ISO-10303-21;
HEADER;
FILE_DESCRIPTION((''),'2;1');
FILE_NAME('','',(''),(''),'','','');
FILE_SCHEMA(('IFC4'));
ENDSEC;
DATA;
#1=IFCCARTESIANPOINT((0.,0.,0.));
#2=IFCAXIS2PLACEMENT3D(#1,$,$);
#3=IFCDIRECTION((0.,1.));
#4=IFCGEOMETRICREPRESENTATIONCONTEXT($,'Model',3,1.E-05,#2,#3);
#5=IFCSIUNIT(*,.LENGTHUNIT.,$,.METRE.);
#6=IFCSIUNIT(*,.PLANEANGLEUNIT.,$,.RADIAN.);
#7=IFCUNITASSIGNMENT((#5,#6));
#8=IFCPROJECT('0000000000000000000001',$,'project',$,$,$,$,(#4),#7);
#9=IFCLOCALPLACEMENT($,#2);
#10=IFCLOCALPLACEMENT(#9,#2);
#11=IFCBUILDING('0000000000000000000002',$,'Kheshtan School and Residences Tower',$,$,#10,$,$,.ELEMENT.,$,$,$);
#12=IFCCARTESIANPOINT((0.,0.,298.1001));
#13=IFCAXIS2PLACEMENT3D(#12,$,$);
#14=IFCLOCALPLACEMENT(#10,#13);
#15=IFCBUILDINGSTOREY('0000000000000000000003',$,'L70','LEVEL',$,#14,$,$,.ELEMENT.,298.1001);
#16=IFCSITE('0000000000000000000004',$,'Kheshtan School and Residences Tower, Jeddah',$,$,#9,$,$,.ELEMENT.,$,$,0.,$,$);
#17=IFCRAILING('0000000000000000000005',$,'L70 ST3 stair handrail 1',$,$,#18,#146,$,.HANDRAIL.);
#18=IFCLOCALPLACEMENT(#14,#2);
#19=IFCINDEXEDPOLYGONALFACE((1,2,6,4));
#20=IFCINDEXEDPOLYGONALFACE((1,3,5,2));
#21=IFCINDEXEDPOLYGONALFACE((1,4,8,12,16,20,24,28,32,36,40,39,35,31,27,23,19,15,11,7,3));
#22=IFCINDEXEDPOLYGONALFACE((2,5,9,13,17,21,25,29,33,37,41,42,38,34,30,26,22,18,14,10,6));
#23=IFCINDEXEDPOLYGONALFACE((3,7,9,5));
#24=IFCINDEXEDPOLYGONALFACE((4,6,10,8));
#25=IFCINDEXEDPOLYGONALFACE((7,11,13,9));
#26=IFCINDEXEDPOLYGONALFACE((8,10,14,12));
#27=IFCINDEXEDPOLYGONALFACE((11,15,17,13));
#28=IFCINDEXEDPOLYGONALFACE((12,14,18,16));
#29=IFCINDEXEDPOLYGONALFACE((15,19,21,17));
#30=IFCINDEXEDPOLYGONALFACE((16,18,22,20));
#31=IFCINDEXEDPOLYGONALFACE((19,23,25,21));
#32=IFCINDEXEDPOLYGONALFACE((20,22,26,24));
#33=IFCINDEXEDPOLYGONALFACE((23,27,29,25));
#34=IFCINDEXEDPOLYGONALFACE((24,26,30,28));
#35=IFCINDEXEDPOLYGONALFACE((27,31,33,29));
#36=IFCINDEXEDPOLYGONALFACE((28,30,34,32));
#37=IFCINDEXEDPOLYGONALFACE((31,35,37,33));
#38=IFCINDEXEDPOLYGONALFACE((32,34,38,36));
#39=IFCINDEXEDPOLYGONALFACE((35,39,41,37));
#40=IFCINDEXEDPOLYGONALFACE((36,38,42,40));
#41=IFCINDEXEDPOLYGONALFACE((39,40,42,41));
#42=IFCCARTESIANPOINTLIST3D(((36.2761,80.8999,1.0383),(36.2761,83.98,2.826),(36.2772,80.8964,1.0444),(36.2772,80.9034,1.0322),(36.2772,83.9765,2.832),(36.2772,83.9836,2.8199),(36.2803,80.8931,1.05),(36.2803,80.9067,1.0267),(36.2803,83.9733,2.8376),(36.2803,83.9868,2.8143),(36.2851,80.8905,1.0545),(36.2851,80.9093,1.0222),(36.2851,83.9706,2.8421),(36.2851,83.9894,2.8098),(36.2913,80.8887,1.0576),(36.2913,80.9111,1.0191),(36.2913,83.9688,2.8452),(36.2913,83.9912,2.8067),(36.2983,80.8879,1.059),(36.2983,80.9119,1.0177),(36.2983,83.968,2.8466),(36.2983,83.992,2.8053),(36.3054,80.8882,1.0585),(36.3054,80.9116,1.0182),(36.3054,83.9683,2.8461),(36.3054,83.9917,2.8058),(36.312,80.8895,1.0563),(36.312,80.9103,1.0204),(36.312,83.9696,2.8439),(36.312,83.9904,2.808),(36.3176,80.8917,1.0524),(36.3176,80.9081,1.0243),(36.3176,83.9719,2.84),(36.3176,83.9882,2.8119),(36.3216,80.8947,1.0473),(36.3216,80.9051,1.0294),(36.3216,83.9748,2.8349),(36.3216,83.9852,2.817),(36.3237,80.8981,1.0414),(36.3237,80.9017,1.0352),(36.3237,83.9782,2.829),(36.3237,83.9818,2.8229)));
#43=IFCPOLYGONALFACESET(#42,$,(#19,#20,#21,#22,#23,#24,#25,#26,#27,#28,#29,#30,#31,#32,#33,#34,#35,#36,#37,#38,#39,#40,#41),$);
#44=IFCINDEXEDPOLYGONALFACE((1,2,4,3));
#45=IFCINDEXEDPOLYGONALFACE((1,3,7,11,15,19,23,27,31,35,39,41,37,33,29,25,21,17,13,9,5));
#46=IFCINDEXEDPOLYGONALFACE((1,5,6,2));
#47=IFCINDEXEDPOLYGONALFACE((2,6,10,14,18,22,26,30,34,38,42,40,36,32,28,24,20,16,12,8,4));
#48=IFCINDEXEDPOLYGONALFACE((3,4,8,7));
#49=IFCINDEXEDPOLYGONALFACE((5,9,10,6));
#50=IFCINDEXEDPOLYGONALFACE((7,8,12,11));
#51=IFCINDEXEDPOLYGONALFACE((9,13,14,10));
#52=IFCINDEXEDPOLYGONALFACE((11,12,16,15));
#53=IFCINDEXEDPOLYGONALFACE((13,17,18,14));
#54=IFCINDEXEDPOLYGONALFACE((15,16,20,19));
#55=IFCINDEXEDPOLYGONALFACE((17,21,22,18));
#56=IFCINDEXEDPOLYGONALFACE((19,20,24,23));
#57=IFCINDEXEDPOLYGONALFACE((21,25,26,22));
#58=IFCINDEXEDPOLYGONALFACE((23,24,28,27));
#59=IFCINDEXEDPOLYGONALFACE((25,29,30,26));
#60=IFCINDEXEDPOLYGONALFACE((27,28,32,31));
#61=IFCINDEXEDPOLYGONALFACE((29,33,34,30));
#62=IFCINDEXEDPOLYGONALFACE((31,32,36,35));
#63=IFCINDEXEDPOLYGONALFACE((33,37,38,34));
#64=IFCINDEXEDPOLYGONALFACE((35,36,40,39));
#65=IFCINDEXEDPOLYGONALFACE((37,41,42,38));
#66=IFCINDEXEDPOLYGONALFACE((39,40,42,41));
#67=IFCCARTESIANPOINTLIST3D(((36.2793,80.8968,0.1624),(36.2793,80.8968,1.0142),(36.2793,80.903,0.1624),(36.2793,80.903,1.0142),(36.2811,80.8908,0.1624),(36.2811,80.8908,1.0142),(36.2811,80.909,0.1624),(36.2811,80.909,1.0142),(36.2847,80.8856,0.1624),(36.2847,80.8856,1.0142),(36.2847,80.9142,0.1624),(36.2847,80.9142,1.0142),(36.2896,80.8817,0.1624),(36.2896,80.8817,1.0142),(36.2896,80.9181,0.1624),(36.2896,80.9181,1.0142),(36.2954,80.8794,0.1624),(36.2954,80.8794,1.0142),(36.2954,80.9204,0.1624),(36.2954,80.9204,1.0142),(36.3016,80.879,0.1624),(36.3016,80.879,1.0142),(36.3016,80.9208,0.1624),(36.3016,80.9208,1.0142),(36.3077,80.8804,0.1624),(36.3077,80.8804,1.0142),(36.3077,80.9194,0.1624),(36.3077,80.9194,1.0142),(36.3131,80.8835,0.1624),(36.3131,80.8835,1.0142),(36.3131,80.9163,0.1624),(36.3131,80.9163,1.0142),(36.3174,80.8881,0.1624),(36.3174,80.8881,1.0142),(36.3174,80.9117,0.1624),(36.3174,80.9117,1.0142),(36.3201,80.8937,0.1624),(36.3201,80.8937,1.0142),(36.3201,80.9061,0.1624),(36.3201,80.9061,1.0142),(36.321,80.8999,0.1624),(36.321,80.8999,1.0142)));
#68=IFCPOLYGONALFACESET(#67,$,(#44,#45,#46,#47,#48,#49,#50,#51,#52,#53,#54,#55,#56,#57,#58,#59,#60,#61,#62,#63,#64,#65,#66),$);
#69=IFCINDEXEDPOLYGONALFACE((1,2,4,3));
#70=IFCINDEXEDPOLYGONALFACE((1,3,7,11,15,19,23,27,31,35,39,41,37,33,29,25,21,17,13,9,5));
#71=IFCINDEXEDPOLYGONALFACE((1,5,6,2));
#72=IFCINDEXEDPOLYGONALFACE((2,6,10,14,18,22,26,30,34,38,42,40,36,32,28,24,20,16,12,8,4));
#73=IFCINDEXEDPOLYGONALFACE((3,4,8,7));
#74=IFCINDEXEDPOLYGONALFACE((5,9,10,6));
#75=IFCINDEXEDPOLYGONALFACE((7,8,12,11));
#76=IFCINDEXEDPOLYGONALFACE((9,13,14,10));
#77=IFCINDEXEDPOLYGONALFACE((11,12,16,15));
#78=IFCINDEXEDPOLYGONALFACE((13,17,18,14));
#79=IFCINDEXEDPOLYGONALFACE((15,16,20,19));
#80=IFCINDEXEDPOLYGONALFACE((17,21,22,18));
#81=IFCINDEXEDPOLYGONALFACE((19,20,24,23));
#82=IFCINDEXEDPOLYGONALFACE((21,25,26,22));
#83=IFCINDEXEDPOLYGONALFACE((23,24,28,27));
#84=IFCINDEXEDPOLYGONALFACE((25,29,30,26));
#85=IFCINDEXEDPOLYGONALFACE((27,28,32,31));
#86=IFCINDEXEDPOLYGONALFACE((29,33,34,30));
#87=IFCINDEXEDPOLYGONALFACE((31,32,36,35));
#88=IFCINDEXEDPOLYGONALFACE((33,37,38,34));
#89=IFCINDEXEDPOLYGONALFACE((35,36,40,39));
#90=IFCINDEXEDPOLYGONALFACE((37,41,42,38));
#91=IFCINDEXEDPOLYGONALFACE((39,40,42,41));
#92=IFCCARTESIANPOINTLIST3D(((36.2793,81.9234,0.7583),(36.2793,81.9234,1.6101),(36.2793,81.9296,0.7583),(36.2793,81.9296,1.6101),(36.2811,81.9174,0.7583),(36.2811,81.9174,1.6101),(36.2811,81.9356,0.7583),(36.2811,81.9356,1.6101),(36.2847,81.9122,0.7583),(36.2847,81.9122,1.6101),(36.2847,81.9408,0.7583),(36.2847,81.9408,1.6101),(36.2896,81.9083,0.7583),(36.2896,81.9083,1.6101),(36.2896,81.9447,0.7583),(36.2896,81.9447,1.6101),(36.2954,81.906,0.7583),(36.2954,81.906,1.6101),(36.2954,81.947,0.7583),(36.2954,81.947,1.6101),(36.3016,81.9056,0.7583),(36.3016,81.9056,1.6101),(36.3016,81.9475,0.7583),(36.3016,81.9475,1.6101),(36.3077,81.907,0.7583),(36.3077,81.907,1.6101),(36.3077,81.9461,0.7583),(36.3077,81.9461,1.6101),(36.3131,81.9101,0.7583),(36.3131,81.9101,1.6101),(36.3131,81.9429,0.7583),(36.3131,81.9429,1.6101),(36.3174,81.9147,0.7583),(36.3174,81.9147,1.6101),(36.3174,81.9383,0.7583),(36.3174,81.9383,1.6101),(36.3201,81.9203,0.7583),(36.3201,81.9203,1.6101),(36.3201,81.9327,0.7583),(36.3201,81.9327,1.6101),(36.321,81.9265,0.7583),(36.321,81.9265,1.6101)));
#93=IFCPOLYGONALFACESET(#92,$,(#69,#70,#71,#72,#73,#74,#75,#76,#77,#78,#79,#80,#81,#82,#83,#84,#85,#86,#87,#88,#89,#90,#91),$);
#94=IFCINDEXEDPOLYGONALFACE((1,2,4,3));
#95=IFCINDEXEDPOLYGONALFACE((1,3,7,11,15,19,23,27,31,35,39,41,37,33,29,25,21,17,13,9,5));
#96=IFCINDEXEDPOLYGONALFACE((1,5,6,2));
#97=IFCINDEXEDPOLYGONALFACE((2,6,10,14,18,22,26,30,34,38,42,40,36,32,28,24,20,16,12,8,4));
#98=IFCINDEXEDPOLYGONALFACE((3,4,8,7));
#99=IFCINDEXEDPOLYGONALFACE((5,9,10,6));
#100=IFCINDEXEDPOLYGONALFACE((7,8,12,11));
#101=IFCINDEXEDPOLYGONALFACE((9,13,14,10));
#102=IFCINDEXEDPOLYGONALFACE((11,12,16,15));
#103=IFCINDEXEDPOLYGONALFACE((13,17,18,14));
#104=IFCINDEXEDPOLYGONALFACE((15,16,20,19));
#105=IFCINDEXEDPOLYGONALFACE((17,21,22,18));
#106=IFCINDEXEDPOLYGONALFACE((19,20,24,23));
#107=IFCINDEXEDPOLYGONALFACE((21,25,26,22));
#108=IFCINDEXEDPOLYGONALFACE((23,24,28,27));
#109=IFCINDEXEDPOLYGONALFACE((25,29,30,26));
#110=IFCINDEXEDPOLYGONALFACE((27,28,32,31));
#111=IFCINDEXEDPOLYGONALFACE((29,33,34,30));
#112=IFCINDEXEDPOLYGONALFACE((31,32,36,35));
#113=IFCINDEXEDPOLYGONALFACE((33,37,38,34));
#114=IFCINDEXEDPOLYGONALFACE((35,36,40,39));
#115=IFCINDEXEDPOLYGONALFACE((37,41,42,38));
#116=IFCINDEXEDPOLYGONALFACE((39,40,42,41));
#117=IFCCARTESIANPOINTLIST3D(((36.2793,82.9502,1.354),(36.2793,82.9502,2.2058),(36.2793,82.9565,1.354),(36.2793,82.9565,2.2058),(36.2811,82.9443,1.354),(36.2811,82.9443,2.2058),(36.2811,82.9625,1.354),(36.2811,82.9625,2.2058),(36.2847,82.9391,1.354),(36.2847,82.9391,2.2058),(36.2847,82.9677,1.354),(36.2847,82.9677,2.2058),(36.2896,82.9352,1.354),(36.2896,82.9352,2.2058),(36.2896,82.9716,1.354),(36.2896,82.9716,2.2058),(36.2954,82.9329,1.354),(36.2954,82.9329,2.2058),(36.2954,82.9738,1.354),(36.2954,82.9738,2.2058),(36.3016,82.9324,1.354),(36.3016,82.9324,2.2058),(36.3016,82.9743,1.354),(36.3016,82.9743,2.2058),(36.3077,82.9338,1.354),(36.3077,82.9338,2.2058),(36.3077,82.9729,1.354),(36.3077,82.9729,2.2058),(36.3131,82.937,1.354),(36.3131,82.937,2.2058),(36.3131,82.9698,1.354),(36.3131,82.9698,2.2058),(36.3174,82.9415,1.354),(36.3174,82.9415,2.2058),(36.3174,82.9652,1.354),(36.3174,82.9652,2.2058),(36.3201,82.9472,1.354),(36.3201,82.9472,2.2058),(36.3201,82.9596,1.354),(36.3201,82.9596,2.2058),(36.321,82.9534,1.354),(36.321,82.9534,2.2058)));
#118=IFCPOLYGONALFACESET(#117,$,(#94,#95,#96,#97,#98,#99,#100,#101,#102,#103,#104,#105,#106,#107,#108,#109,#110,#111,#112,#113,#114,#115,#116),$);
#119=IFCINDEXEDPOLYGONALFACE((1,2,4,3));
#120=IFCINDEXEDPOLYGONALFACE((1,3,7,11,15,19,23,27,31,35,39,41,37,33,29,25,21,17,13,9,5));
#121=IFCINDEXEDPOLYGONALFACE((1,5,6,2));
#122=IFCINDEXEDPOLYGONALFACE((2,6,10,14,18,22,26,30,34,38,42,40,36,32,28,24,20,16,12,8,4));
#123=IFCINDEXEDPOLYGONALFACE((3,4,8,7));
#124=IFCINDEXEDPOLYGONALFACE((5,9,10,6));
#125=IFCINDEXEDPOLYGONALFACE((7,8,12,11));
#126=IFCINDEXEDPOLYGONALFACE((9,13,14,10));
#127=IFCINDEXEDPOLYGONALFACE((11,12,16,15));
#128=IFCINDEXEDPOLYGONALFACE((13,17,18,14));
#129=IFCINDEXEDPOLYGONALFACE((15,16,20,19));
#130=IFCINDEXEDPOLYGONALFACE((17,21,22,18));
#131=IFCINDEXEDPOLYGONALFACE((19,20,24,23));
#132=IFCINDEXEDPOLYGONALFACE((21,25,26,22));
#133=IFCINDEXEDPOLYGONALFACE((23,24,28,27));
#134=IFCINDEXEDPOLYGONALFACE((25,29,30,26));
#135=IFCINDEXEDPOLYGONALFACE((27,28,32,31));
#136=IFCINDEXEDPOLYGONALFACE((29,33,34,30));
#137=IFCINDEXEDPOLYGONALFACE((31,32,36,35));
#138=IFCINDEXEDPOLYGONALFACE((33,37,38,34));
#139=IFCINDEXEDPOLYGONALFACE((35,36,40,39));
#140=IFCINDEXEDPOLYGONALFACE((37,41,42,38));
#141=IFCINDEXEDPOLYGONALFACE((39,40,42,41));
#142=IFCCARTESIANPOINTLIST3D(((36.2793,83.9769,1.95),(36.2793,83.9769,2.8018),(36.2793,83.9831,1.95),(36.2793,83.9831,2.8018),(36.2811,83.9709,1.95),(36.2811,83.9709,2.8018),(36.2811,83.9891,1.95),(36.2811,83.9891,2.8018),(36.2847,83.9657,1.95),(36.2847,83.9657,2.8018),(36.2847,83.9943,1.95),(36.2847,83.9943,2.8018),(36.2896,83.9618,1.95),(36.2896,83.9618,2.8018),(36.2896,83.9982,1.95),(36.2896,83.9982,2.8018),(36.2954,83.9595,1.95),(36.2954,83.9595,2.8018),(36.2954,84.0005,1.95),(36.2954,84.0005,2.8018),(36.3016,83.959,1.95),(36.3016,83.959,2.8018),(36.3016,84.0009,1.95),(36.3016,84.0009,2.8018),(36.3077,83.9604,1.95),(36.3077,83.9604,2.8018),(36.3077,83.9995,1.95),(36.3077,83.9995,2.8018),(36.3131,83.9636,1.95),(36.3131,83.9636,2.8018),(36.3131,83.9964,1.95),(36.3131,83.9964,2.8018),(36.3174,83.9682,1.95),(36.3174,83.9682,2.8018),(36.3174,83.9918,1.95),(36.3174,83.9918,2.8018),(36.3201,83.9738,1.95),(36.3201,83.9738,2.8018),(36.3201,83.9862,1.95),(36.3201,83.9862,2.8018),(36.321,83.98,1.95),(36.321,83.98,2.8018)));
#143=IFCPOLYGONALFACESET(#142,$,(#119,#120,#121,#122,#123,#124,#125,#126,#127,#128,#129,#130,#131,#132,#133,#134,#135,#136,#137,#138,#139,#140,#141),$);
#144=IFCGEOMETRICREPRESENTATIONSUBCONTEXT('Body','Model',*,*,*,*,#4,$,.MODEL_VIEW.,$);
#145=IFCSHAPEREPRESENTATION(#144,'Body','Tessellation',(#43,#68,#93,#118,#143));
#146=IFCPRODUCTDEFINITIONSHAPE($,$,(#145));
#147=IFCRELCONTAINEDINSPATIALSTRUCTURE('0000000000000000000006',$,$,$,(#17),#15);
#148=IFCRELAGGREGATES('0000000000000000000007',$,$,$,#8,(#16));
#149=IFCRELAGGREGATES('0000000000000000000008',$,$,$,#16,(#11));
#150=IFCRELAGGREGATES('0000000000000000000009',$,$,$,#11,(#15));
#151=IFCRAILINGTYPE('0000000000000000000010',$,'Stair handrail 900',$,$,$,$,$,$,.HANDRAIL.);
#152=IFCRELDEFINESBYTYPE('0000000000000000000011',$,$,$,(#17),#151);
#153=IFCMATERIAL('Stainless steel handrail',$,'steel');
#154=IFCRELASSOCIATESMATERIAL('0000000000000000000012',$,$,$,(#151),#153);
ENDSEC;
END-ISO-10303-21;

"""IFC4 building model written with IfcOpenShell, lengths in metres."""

from ifc_helpers import new_model, si_unit, direction, frame, origin, origin_2d, place, context, subcontext, project, spatial, circle, extrude, material, type_object, element, save


model = new_model("IFC4")

# Units and contexts
model_context = context("Model", 3, precision=1e-05, world=origin(), true_north=direction((0.0, 1.0)))
body_context = subcontext(model_context, "Body", "Model", "MODEL_VIEW")
ifc_project = project(units=[si_unit("LENGTHUNIT", "METRE"), si_unit("PLANEANGLEUNIT", "RADIAN")], contexts=[model_context])

# Site, building, storey
site_placement = place(None, origin())
site = spatial("IfcSite", under=ifc_project, at=site_placement, Name="Kheshtan School and Residences Tower, Jeddah", CompositionType="ELEMENT", RefElevation=0.0)
building_placement = place(site_placement, origin())
building = spatial("IfcBuilding", under=site, at=building_placement, Name="Kheshtan School and Residences Tower", CompositionType="ELEMENT")
storey_placement = place(building_placement, frame((0.0, 0.0, 298.1001)))
storey = spatial("IfcBuildingStorey", under=building, at=storey_placement, Name="L70", Description="LEVEL", CompositionType="ELEMENT", Elevation=298.1001)

# Railing
ifc_material_1 = material(Name="Stainless steel handrail", Category="steel")
railing_type_1 = type_object("IfcRailingType", Name="Stair handrail 900", PredefinedType="HANDRAIL", material=ifc_material_1)
railing_1_placement = place(storey_placement, frame((36.3, 80.8999, 0.1624)))
element("IfcRailing", 1, at=railing_1_placement, inside=storey, type_object=railing_type_1, Name="L70 ST3 stair handrail 1", PredefinedType="HANDRAIL", context=body_context, shape_type="SweptSolid", body=[
    extrude(circle(Radius=0.0239, at=origin_2d()), frame((0.0, 0.0, 0.876), z_axis=(0.0, 0.864891, 0.50196), x_axis=(-1.0, 0.0, 0.0)), (0.0, 0.0, 1.0), 3.5613),
    extrude(circle(Radius=0.021, at=origin_2d()), origin(), (0.0, 0.0, 1.0), 0.8518),
    extrude(circle(Radius=0.021, at=origin_2d()), frame((0.0, 1.0266, 0.5959)), (0.0, 0.0, 1.0), 0.8518),
    extrude(circle(Radius=0.021, at=origin_2d()), frame((0.0, 2.0535, 1.1917)), (0.0, 0.0, 1.0), 0.8518),
    extrude(circle(Radius=0.021, at=origin_2d()), frame((0.0, 3.0801, 1.7876)), (0.0, 0.0, 1.0), 0.8518),
])

save(model, "model.ifc")
